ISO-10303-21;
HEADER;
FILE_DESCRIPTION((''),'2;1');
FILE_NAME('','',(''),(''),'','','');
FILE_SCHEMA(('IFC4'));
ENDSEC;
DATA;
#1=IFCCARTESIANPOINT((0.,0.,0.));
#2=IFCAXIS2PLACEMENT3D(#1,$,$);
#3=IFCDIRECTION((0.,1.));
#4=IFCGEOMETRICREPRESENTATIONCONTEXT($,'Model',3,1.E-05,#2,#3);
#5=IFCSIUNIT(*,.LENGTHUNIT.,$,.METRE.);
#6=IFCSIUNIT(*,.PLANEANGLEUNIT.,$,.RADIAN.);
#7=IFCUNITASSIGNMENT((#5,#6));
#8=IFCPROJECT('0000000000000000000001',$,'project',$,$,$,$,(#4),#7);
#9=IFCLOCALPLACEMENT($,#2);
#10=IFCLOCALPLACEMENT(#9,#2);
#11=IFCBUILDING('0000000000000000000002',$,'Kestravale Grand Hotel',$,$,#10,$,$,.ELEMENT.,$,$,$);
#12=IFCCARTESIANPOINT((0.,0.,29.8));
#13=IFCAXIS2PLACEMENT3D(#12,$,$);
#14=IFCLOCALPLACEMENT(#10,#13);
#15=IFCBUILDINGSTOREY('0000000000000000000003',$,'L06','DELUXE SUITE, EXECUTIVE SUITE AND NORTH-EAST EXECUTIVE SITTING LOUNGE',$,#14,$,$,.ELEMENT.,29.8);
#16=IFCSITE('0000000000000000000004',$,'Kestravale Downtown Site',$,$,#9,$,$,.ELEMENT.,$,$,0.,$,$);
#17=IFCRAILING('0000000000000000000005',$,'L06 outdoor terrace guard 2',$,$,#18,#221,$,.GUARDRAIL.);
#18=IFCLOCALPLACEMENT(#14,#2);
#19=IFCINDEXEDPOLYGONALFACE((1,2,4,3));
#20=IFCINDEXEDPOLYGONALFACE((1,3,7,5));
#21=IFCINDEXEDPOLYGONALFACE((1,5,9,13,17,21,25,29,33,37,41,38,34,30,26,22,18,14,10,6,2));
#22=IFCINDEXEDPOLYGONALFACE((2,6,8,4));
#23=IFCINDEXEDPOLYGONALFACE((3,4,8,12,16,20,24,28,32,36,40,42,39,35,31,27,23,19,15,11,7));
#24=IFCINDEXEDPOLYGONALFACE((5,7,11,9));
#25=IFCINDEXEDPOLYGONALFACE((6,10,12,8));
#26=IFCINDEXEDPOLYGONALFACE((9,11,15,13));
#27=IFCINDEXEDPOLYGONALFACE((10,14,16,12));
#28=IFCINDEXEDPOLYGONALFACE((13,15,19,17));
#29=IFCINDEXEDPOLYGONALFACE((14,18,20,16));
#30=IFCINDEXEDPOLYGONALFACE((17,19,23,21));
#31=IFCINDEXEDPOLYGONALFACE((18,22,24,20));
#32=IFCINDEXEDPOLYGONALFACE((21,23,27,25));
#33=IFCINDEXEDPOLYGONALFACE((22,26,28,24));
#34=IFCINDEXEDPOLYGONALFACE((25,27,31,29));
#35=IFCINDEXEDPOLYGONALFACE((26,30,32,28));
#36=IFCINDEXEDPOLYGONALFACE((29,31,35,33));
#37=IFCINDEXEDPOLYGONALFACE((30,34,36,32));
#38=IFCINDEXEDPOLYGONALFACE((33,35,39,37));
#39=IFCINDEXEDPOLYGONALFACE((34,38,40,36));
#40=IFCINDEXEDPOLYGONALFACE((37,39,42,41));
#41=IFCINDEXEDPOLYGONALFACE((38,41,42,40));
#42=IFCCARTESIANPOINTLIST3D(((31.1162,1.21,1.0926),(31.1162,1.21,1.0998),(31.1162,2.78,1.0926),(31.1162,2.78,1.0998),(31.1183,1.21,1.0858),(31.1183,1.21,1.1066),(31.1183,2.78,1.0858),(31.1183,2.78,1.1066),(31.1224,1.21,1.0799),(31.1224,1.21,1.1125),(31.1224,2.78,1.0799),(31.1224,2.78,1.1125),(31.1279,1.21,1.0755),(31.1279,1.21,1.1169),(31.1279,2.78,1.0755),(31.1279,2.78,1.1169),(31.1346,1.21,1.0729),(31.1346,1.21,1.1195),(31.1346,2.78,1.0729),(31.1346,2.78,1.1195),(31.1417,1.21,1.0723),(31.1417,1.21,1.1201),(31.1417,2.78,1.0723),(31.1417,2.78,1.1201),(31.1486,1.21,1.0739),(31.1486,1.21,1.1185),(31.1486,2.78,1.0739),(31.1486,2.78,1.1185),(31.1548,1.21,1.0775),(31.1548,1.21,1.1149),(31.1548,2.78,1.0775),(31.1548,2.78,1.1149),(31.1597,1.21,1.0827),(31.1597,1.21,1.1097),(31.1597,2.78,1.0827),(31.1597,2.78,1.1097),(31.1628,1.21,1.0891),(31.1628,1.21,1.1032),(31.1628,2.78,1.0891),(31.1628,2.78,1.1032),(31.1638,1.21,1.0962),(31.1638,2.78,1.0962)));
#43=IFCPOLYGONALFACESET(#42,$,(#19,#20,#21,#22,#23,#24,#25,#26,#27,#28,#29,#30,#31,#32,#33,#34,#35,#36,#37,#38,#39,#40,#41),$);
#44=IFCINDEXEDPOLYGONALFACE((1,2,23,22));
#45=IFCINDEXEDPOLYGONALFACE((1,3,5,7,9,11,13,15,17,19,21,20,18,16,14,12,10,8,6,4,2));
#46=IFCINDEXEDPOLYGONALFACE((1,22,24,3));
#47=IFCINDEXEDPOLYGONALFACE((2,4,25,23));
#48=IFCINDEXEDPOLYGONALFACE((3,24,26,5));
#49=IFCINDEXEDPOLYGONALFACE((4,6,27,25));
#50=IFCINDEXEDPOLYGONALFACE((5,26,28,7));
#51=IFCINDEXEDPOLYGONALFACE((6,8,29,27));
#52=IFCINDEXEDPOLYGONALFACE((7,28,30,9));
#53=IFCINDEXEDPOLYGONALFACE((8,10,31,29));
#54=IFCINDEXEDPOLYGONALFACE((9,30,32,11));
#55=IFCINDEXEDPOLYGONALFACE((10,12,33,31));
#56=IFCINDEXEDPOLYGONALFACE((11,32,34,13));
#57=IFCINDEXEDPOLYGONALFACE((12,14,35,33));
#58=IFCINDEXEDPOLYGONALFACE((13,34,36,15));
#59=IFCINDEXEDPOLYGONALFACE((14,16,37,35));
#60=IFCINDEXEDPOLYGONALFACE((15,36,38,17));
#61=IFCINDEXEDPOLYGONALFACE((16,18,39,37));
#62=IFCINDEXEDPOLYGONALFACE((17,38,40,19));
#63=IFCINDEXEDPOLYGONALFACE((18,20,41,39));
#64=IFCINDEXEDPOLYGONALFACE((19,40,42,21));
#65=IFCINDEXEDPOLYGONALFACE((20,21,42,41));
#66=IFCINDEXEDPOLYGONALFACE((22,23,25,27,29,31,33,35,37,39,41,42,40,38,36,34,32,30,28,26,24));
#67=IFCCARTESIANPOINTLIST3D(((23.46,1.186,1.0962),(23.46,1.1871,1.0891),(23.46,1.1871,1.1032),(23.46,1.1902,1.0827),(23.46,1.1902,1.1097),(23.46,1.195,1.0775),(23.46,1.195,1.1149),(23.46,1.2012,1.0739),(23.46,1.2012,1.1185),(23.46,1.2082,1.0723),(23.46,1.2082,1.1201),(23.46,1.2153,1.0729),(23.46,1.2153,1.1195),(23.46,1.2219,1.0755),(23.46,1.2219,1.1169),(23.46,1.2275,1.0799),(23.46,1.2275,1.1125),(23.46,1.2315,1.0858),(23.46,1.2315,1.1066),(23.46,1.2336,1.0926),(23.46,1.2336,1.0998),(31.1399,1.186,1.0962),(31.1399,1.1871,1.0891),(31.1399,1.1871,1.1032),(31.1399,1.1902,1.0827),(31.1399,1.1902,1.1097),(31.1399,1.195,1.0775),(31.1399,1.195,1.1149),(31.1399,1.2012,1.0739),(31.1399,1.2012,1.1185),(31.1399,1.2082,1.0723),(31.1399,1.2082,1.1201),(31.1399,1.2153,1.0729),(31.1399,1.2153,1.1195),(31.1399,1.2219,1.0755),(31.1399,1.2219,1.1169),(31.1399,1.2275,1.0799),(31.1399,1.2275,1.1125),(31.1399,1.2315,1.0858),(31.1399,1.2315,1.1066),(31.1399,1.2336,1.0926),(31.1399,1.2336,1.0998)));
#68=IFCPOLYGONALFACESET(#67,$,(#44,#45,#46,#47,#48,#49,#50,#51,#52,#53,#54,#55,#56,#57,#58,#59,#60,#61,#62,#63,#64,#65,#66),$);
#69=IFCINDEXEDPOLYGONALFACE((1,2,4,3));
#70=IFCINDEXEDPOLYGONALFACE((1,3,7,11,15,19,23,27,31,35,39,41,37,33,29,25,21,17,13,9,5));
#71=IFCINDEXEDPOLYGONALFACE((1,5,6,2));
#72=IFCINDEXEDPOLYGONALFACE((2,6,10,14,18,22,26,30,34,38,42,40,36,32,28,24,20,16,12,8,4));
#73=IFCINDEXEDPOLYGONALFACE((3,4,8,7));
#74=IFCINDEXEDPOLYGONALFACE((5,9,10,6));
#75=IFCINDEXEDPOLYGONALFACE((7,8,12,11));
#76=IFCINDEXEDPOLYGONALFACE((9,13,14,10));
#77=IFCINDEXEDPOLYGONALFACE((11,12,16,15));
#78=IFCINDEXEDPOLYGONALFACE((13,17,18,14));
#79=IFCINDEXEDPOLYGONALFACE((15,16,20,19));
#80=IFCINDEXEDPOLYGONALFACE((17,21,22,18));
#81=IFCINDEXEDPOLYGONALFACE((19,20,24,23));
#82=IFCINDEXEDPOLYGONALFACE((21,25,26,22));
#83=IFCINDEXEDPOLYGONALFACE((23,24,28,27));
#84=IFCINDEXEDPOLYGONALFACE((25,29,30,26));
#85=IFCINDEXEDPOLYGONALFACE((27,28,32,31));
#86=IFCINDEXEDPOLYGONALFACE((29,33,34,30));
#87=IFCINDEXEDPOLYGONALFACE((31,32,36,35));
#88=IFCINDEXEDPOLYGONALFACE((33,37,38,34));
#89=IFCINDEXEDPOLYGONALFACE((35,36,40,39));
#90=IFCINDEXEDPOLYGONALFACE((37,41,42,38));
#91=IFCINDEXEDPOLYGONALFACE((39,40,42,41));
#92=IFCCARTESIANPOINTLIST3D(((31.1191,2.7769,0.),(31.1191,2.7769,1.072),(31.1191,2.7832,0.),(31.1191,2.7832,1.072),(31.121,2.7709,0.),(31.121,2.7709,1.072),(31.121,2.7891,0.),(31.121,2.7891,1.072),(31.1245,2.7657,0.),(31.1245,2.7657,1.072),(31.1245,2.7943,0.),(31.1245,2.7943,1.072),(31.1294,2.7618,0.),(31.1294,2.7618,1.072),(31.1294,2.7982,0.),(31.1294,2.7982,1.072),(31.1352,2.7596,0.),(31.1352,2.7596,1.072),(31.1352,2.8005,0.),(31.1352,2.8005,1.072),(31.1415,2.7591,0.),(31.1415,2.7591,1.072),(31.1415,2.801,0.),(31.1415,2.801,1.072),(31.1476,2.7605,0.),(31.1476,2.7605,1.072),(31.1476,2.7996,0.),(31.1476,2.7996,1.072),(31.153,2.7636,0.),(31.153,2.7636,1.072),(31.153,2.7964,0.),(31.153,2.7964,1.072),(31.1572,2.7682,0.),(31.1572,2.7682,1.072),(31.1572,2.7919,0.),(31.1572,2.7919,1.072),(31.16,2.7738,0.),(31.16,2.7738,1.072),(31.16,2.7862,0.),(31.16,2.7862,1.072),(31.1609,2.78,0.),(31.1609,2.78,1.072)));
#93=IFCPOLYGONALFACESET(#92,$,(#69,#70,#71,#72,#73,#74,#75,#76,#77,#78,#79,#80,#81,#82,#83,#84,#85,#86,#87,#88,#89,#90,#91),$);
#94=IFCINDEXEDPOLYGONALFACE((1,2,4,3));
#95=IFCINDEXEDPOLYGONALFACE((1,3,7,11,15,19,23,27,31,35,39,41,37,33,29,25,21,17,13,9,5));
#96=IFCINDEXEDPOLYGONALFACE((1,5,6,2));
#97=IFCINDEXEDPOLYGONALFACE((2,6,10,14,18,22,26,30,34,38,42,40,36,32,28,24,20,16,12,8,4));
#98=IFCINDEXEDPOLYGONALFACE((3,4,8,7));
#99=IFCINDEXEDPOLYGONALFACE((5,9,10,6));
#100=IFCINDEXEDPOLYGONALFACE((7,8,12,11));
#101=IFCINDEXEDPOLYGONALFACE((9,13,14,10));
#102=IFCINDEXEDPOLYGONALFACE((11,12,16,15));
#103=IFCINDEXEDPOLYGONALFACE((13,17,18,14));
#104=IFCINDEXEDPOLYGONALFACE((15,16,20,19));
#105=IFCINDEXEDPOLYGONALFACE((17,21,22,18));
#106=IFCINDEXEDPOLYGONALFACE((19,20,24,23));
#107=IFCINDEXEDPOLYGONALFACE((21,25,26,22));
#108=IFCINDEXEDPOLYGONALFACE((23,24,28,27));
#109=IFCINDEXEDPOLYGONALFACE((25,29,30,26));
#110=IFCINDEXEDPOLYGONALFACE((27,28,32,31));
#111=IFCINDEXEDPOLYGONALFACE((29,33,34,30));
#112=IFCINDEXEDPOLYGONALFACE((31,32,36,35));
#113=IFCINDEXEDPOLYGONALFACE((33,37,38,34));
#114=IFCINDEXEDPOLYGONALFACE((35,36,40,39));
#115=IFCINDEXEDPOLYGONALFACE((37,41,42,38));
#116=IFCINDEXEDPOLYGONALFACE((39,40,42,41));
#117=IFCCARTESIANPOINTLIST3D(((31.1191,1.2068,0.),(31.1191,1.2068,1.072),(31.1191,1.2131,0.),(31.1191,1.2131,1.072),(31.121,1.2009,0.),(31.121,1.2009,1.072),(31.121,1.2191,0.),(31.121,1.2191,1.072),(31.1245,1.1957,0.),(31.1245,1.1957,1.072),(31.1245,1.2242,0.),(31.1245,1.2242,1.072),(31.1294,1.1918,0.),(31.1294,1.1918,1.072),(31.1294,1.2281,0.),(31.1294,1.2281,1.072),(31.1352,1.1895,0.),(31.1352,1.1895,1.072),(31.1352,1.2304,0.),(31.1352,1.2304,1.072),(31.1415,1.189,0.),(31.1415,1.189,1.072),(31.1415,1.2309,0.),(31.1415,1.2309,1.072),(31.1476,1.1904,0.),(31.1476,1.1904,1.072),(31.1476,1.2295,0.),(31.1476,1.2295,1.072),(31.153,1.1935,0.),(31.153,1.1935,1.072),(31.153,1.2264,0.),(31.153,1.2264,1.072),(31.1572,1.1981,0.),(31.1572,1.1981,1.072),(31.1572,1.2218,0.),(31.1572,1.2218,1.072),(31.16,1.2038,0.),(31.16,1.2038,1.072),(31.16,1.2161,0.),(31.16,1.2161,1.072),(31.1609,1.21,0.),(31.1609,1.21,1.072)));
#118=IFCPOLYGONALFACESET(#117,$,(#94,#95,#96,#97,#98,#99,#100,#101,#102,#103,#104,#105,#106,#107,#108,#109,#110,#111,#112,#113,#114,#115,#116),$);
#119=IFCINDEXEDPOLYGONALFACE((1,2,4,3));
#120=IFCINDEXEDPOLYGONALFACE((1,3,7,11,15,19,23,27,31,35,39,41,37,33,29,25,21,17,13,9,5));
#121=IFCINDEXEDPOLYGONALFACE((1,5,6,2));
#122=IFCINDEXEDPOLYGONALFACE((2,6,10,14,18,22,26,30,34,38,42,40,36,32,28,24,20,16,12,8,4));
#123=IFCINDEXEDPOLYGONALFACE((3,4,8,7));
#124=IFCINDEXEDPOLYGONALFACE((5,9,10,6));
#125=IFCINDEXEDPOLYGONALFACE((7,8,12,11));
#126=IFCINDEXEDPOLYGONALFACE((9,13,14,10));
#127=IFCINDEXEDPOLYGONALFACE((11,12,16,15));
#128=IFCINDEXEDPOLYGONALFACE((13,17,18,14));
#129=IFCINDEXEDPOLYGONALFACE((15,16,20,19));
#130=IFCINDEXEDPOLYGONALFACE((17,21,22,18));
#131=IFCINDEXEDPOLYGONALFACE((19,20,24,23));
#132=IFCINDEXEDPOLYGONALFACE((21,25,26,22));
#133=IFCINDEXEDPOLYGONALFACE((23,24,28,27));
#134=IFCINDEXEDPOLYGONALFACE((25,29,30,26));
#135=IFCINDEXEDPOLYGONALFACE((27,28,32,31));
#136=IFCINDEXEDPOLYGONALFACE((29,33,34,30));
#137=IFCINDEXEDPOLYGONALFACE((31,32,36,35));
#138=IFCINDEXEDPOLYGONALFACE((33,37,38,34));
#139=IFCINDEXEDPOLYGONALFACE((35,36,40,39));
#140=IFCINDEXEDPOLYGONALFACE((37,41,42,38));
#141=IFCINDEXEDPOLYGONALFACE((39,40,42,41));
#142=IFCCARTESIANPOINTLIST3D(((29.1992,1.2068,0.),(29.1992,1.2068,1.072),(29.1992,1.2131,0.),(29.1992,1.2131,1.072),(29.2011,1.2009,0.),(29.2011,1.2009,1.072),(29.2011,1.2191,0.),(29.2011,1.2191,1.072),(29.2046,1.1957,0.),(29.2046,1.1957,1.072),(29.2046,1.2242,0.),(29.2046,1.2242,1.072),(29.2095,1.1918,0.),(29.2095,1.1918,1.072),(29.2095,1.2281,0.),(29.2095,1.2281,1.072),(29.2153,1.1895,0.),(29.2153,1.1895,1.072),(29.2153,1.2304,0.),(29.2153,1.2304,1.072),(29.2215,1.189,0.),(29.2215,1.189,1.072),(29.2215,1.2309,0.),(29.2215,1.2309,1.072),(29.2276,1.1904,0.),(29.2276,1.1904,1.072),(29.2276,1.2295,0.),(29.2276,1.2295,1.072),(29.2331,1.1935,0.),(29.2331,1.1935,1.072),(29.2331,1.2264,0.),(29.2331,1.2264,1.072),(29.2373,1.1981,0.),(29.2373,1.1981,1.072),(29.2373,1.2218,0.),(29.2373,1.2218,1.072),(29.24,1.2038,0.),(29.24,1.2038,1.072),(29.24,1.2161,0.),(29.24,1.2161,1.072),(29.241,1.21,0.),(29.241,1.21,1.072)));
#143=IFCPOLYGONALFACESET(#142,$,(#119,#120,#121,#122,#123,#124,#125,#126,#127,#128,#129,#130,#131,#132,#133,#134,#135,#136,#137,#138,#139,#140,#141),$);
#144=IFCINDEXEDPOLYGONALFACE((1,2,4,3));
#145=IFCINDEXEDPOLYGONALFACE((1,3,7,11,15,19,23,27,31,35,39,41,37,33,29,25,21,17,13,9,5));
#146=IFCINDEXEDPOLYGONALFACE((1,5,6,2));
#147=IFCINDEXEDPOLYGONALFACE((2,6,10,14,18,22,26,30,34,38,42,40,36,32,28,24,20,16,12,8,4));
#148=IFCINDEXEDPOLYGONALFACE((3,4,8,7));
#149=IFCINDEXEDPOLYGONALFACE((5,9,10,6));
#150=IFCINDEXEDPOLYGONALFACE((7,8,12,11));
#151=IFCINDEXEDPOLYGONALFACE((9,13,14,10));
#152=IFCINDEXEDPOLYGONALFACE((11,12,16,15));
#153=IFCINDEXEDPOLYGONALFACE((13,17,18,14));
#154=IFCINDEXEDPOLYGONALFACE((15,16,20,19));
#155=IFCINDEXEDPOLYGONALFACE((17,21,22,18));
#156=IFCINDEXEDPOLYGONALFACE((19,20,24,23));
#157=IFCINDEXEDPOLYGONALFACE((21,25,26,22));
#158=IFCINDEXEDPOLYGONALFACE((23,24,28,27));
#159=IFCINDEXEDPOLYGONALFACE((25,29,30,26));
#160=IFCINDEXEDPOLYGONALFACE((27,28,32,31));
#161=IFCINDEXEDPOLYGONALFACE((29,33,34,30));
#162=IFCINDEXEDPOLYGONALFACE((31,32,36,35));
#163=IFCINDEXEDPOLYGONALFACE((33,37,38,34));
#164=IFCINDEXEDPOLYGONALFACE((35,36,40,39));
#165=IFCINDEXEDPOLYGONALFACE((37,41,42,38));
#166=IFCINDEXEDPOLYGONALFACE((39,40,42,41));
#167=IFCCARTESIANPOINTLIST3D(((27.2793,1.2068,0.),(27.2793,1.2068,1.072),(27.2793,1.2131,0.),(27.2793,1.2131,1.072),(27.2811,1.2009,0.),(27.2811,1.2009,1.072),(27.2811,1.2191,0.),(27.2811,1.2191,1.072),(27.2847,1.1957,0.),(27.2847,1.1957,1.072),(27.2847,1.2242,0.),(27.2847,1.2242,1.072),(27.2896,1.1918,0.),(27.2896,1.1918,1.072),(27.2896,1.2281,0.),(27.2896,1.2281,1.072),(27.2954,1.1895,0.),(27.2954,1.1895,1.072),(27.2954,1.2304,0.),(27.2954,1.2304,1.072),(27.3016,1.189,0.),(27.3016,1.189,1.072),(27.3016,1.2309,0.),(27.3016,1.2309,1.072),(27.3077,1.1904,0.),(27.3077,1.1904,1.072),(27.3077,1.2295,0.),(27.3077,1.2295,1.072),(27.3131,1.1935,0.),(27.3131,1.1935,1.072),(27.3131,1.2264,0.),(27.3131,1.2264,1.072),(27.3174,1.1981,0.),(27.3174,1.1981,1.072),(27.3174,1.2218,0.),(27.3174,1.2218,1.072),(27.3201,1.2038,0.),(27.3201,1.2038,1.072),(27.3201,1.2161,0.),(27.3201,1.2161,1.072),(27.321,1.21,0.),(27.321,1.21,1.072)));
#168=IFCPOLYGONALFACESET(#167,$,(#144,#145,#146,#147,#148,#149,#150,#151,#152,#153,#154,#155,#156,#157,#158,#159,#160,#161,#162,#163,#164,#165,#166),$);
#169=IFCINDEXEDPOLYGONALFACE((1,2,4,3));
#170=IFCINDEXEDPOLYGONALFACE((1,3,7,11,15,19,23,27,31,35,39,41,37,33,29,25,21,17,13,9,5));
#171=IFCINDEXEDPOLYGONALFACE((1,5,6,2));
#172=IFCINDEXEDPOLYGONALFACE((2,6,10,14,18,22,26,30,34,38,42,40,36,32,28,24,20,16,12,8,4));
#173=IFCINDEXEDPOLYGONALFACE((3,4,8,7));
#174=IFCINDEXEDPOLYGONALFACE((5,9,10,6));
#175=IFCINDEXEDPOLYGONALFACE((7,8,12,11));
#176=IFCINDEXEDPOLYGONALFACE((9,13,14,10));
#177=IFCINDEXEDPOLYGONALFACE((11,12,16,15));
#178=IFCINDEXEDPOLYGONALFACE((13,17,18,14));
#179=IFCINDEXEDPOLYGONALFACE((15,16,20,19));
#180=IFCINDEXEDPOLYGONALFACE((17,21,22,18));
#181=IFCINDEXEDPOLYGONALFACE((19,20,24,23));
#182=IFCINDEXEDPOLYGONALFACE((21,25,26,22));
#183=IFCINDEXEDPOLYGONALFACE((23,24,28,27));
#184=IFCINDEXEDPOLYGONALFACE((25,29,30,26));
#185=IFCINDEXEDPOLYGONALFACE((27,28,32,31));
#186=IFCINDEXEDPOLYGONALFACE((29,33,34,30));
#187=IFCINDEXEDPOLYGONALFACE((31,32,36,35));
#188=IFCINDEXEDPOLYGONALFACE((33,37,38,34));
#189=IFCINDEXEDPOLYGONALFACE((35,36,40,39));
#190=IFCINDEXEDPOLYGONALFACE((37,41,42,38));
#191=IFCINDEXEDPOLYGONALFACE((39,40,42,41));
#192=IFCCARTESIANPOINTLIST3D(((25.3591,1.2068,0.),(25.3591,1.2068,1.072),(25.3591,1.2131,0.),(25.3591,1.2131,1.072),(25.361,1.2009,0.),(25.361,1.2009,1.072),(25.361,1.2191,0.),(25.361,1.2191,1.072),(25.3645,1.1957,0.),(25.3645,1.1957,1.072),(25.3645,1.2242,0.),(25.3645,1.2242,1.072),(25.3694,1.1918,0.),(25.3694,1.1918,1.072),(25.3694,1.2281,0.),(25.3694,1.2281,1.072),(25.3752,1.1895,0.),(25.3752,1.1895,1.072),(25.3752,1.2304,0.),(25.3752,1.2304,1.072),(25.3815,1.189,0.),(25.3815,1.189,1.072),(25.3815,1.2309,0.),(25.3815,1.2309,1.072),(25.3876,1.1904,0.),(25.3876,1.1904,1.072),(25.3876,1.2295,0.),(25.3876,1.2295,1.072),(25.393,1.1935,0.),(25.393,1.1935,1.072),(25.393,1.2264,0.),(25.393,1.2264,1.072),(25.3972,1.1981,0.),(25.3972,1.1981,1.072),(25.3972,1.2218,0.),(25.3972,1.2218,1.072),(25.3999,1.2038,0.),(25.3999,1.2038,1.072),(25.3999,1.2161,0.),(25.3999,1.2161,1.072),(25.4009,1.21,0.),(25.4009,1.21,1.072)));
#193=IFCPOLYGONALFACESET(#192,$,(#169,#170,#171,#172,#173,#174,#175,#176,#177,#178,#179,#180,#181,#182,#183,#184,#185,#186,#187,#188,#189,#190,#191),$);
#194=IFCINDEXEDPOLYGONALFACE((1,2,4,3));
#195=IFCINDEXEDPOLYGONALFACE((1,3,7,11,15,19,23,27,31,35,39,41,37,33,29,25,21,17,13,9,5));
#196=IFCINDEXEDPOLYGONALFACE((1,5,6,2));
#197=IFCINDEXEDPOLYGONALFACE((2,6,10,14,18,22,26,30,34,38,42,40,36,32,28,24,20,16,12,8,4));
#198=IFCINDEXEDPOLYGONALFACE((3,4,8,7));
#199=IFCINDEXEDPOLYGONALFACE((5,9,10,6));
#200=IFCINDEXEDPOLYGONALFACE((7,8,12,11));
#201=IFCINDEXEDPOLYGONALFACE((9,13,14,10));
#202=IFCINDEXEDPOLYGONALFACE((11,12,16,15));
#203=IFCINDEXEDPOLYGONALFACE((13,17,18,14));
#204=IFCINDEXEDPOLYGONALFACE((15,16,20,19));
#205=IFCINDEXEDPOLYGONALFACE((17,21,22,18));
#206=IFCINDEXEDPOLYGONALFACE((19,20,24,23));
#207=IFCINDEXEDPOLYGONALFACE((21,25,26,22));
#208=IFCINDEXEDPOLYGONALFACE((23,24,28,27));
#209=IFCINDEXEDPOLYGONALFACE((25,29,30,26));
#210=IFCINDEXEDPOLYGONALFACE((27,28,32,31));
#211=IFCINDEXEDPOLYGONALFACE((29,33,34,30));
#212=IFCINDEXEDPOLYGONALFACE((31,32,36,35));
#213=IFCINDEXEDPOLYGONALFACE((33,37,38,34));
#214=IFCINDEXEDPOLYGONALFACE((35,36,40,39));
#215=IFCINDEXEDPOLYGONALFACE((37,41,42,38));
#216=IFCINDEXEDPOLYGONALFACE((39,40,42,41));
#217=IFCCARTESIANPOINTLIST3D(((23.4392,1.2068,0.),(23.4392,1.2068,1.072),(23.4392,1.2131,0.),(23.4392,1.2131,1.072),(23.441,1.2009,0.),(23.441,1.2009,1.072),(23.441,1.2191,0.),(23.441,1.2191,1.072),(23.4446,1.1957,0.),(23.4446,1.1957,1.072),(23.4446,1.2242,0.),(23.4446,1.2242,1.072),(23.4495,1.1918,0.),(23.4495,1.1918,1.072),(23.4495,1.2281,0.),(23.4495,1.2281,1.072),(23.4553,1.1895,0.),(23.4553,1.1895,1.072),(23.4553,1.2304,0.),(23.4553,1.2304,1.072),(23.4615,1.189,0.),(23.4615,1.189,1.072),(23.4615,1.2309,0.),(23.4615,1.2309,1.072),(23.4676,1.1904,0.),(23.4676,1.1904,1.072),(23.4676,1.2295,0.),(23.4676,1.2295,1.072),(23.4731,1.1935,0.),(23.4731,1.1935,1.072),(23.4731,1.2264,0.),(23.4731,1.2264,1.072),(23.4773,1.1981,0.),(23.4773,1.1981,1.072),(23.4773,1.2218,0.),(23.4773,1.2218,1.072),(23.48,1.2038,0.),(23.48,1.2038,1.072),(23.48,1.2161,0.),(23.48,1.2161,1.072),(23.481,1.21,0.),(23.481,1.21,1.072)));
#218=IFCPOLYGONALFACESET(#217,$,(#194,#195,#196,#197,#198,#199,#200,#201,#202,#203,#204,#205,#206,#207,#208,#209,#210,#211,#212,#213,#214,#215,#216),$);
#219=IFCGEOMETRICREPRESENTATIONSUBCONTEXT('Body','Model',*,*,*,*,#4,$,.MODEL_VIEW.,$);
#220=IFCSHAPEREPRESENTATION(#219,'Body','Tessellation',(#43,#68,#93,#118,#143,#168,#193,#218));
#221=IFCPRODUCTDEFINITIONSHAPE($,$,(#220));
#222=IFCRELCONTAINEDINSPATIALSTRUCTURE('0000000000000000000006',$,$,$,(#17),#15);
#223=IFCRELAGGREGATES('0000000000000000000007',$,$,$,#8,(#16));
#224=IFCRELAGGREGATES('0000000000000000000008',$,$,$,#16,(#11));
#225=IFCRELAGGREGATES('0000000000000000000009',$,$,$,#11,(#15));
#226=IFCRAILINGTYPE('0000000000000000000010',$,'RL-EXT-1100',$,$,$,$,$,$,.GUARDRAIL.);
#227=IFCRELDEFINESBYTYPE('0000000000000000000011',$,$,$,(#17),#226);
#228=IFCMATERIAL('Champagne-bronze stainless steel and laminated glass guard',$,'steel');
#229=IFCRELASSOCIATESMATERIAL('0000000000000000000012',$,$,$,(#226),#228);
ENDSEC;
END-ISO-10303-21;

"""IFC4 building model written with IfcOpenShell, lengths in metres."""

from ifc_helpers import new_model, si_unit, direction, frame, origin, origin_2d, place, context, subcontext, project, spatial, circle, extrude, material, type_object, element, save


model = new_model("IFC4")

# Units and contexts
model_context = context("Model", 3, precision=1e-05, world=origin(), true_north=direction((0.0, 1.0)))
body_context = subcontext(model_context, "Body", "Model", "MODEL_VIEW")
ifc_project = project(units=[si_unit("LENGTHUNIT", "METRE"), si_unit("PLANEANGLEUNIT", "RADIAN")], contexts=[model_context])

# Site, building, storey
site_placement = place(None, origin())
site = spatial("IfcSite", under=ifc_project, at=site_placement, Name="Kestravale Downtown Site", CompositionType="ELEMENT", RefElevation=0.0)
building_placement = place(site_placement, origin())
building = spatial("IfcBuilding", under=site, at=building_placement, Name="Kestravale Grand Hotel", CompositionType="ELEMENT")
storey_placement = place(building_placement, frame((0.0, 0.0, 29.8)))
storey = spatial("IfcBuildingStorey", under=building, at=storey_placement, Name="L06", Description="DELUXE SUITE, EXECUTIVE SUITE AND NORTH-EAST EXECUTIVE SITTING LOUNGE", CompositionType="ELEMENT", Elevation=29.8)

# Railing
ifc_material_1 = material(Name="Champagne-bronze stainless steel and laminated glass guard", Category="steel")
railing_type = type_object("IfcRailingType", Name="RL-EXT-1100", PredefinedType="GUARDRAIL", material=ifc_material_1)
railing_1_placement = place(storey_placement, frame((31.1399, 2.78, 0.0)))
element("IfcRailing", 1, at=railing_1_placement, inside=storey, type_object=railing_type, Name="L06 outdoor terrace guard 2", PredefinedType="GUARDRAIL", context=body_context, shape_type="SweptSolid", body=[
    extrude(circle(Radius=0.0239, at=origin_2d()), frame((0.0, 0.0, 1.0962), z_axis=(0.0, -1.0, 0.0), x_axis=(1.0, 0.0, 0.0)), (0.0, 0.0, 1.0), 1.5701),
    extrude(circle(Radius=0.0239, at=origin_2d()), frame((0.0, -1.5701, 1.0962), z_axis=(-1.0, 0.0, 0.0), x_axis=(0.0, -1.0, 0.0)), (0.0, 0.0, 1.0), 7.6799),
    extrude(circle(Radius=0.021, at=origin_2d()), origin(), (0.0, 0.0, 1.0), 1.072),
    extrude(circle(Radius=0.021, at=origin_2d()), frame((0.0, -1.5701, 0.0)), (0.0, 0.0, 1.0), 1.072),
    extrude(circle(Radius=0.021, at=origin_2d()), frame((-1.9199, -1.5701, 0.0)), (0.0, 0.0, 1.0), 1.072),
    extrude(circle(Radius=0.021, at=origin_2d()), frame((-3.8398, -1.5701, 0.0)), (0.0, 0.0, 1.0), 1.072),
    extrude(circle(Radius=0.021, at=origin_2d()), frame((-5.76, -1.5701, 0.0)), (0.0, 0.0, 1.0), 1.072),
    extrude(circle(Radius=0.021, at=origin_2d()), frame((-7.6799, -1.5701, 0.0)), (0.0, 0.0, 1.0), 1.072),
])

save(model, "model.ifc")
